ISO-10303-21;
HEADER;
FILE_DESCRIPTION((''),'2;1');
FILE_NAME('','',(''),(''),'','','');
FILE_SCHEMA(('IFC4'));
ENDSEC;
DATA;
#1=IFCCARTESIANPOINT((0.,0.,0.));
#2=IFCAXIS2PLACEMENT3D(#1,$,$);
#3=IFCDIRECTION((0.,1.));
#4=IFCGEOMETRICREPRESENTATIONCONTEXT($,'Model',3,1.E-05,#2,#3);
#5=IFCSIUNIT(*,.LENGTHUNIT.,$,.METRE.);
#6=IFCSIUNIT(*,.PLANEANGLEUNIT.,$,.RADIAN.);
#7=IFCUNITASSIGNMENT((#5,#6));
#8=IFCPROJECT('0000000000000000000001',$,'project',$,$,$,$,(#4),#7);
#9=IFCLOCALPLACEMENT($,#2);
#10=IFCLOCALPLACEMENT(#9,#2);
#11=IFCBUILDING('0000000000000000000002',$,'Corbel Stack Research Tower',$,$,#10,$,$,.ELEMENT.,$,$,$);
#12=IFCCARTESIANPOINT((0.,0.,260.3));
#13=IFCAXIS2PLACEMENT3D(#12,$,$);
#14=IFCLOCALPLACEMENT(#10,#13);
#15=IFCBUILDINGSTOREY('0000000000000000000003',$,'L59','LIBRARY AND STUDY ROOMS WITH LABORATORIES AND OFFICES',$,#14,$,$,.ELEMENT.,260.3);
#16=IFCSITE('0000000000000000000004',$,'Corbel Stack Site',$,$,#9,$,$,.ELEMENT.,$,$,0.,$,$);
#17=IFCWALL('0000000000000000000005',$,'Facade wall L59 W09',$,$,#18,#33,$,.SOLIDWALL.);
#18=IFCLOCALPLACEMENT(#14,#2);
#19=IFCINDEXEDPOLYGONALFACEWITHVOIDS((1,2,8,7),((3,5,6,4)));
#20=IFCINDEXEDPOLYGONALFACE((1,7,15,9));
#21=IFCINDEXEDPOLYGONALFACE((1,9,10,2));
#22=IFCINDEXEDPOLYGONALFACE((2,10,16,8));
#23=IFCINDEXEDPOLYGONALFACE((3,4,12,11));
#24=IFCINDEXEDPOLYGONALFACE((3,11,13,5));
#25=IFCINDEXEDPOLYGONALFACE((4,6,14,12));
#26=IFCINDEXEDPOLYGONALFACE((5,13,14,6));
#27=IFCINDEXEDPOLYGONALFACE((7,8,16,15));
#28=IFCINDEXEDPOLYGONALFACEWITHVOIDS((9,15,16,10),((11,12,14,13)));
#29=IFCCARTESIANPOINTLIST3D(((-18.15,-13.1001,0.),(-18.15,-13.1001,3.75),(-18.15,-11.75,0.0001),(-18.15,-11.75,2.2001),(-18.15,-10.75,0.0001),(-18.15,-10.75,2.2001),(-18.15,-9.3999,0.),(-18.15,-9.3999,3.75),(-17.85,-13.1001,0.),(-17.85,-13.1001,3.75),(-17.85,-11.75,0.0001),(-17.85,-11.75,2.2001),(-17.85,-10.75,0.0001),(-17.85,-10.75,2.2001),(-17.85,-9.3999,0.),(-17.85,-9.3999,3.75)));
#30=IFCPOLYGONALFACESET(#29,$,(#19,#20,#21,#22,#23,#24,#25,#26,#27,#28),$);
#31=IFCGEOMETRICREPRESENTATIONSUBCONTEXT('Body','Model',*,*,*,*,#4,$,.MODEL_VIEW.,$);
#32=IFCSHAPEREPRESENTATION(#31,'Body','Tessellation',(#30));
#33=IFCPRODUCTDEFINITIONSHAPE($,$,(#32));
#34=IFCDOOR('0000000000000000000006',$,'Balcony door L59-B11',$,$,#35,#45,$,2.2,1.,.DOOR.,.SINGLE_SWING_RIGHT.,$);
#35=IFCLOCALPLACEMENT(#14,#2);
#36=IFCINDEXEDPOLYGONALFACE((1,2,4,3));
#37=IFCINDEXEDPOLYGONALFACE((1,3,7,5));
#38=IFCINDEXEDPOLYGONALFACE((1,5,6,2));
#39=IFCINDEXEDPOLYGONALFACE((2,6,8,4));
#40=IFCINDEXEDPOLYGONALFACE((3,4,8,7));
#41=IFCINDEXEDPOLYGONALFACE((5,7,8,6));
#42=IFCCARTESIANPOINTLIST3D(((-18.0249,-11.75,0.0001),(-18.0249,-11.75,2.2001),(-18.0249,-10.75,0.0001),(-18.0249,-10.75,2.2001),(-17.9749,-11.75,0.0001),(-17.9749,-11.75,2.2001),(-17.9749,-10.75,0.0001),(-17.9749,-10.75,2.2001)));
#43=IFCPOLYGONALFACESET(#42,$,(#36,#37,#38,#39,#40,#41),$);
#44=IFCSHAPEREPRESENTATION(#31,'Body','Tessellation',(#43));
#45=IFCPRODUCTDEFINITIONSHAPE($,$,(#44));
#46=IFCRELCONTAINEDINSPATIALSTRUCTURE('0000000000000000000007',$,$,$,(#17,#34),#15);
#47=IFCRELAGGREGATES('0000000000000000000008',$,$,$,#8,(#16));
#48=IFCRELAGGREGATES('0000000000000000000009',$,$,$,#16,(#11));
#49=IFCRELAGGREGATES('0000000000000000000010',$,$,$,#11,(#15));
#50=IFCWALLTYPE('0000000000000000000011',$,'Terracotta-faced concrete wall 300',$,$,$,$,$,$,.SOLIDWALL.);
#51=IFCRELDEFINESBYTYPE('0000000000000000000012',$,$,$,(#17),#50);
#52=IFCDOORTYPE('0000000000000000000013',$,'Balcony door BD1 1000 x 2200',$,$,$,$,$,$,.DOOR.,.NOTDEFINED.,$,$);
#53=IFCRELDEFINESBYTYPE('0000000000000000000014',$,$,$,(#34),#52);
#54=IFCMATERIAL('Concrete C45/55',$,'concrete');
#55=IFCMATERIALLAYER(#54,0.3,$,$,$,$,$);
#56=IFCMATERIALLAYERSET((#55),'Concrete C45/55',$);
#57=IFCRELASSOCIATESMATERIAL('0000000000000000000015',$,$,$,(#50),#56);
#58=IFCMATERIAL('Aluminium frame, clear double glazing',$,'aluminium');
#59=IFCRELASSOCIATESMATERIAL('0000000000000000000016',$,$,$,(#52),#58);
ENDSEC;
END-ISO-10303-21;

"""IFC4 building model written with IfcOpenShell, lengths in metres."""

from ifc_helpers import new_model, si_unit, direction, frame, frame_2d, origin, place, context, subcontext, project, spatial, rectangle, extrude, material, layer, layer_set, type_object, element, fill, save


model = new_model("IFC4")

# Units and contexts
model_context = context("Model", 3, precision=1e-05, world=origin(), true_north=direction((0.0, 1.0)))
body_context = subcontext(model_context, "Body", "Model", "MODEL_VIEW")
ifc_project = project(units=[si_unit("LENGTHUNIT", "METRE"), si_unit("PLANEANGLEUNIT", "RADIAN")], contexts=[model_context])

# Site, building, storey
site_placement = place(None, origin())
site = spatial("IfcSite", under=ifc_project, at=site_placement, Name="Corbel Stack Site", CompositionType="ELEMENT", RefElevation=0.0)
building_placement = place(site_placement, origin())
building = spatial("IfcBuilding", under=site, at=building_placement, Name="Corbel Stack Research Tower", CompositionType="ELEMENT")
storey_placement = place(building_placement, frame((0.0, 0.0, 260.3)))
storey = spatial("IfcBuildingStorey", under=building, at=storey_placement, Name="L59", Description="LIBRARY AND STUDY ROOMS WITH LABORATORIES AND OFFICES", CompositionType="ELEMENT", Elevation=260.3)

# Wall, opening, door
ifc_material_1 = material(Name="Concrete C45/55", Category="concrete")
ifc_layer_1 = layer(ifc_material_1, 0.3)
ifc_layer_set_1 = layer_set([ifc_layer_1], Name="Concrete C45/55")
wall_type_1 = type_object("IfcWallType", Name="Terracotta-faced concrete wall 300", PredefinedType="SOLIDWALL", material=ifc_layer_set_1)
wall_1_placement = place(storey_placement, frame((-18.0, -13.1001, 0.0), z_axis=(0.0, 0.0, 1.0), x_axis=(0.0, 1.0, 0.0)))
wall_1 = element("IfcWall", 1, at=wall_1_placement, inside=storey, type_object=wall_type_1, Name="Facade wall L59 W09", PredefinedType="SOLIDWALL", context=body_context, shape_type="SweptSolid", body=[
    extrude(rectangle(XDim=3.7002, YDim=0.3, at=frame_2d((1.8501, 0.0))), origin(), (0.0, 0.0, 1.0), 3.75),
])
opening_1_placement = place(wall_1_placement, frame((1.3501, 0.0, 0.0)))
opening_1 = element("IfcOpeningElement", 2, at=opening_1_placement, cuts=wall_1, PredefinedType="OPENING", context=body_context, shape_type="SweptSolid", body=[
    extrude(rectangle(XDim=1.0, YDim=2.2, at=frame_2d((0.5, 1.1001))), frame((0.0, 0.1599, 0.0), z_axis=(0.0, -1.0, 0.0), x_axis=(1.0, 0.0, 0.0)), (0.0, 0.0, 1.0), 0.3201),
])
ifc_material_2 = material(Name="Aluminium frame, clear double glazing", Category="aluminium")
door_type_1 = type_object("IfcDoorType", Name="Balcony door BD1 1000 x 2200", OperationType="NOTDEFINED", PredefinedType="DOOR", material=ifc_material_2)
door_1_placement = place(opening_1_placement, origin())
door_1 = element("IfcDoor", 3, at=door_1_placement, inside=storey, type_object=door_type_1, Name="Balcony door L59-B11", OperationType="SINGLE_SWING_RIGHT", OverallHeight=2.2, OverallWidth=1.0, PredefinedType="DOOR", context=body_context, shape_type="SweptSolid", body=[
    extrude(rectangle(XDim=1.0, YDim=2.2, at=frame_2d((0.5, 1.1001))), frame((0.0, 0.0249, 0.0), z_axis=(0.0, -1.0, 0.0), x_axis=(1.0, 0.0, 0.0)), (0.0, 0.0, 1.0), 0.05),
])
fill(opening_1, door_1)

save(model, "model.ifc")
